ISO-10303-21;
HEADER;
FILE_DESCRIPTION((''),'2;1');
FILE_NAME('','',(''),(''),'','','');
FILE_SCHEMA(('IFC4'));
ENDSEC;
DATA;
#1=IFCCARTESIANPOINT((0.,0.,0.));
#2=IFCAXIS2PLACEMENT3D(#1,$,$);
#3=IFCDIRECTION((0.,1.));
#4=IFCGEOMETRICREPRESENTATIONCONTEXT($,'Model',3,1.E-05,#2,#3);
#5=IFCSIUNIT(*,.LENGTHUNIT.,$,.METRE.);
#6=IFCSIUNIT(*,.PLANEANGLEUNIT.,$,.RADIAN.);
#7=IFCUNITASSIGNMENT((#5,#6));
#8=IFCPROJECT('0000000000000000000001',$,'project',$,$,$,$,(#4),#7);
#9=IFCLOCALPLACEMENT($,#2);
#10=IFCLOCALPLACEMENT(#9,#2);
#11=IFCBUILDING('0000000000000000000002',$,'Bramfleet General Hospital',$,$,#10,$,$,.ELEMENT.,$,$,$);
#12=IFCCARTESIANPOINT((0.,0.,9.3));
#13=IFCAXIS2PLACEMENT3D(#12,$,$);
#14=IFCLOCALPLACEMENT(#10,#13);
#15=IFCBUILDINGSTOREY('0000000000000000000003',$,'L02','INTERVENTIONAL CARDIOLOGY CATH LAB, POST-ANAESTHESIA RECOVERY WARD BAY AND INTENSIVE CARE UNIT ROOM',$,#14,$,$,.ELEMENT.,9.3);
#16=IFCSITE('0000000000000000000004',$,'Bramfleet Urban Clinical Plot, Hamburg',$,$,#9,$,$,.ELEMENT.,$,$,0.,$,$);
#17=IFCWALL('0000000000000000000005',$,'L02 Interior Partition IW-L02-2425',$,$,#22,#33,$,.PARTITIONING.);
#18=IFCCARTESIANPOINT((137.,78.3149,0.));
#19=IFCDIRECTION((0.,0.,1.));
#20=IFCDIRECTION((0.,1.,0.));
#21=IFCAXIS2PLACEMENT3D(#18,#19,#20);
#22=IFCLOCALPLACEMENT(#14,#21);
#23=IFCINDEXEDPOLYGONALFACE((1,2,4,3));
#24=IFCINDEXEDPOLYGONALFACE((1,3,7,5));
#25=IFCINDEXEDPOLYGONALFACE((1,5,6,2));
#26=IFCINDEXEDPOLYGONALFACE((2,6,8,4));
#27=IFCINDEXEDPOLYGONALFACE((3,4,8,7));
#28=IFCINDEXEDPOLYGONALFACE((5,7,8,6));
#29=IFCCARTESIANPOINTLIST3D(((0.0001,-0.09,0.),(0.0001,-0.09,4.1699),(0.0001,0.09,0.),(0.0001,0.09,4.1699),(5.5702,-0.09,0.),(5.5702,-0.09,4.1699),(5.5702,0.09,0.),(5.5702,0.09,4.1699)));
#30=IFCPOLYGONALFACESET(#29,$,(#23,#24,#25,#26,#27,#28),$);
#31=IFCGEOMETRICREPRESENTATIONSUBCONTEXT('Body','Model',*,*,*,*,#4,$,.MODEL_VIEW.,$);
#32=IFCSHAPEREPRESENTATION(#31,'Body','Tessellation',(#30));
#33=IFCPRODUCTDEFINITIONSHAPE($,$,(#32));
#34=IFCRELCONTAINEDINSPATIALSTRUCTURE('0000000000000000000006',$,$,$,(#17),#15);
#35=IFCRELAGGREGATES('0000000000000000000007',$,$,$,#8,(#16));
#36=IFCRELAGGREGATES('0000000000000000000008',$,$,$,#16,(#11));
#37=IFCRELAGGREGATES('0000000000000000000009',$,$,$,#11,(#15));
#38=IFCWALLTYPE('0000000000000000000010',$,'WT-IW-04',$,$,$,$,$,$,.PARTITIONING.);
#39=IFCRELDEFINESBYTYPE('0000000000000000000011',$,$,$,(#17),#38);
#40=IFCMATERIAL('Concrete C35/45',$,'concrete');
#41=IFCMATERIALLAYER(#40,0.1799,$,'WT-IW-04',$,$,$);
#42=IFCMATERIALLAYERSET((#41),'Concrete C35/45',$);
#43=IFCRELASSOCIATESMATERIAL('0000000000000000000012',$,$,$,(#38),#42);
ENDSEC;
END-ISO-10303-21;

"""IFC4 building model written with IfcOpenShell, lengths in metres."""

from ifc_helpers import new_model, si_unit, direction, frame, frame_2d, origin, place, context, subcontext, project, spatial, rectangle, extrude, material, layer, layer_set, type_object, element, save


model = new_model("IFC4")

# Units and contexts
model_context = context("Model", 3, precision=1e-05, world=origin(), true_north=direction((0.0, 1.0)))
body_context = subcontext(model_context, "Body", "Model", "MODEL_VIEW")
ifc_project = project(units=[si_unit("LENGTHUNIT", "METRE"), si_unit("PLANEANGLEUNIT", "RADIAN")], contexts=[model_context])

# Site, building, storey
site_placement = place(None, origin())
site = spatial("IfcSite", under=ifc_project, at=site_placement, Name="Bramfleet Urban Clinical Plot, Hamburg", CompositionType="ELEMENT", RefElevation=0.0)
building_placement = place(site_placement, origin())
building = spatial("IfcBuilding", under=site, at=building_placement, Name="Bramfleet General Hospital", CompositionType="ELEMENT")
storey_placement = place(building_placement, frame((0.0, 0.0, 9.3)))
storey = spatial("IfcBuildingStorey", under=building, at=storey_placement, Name="L02", Description="INTERVENTIONAL CARDIOLOGY CATH LAB, POST-ANAESTHESIA RECOVERY WARD BAY AND INTENSIVE CARE UNIT ROOM", CompositionType="ELEMENT", Elevation=9.3)

# Shared definitions
ifc_material_1 = material(Name="Concrete C35/45", Category="concrete")

# Shared definitions
ifc_layer_1 = layer(ifc_material_1, 0.1799, Name="WT-IW-04")
ifc_layer_set_1 = layer_set([ifc_layer_1], Name="Concrete C35/45")
wall_type_1 = type_object("IfcWallType", Name="WT-IW-04", PredefinedType="PARTITIONING", material=ifc_layer_set_1)

# Wall
wall_1_placement = place(storey_placement, frame((137.0, 78.3149, 0.0), z_axis=(0.0, 0.0, 1.0), x_axis=(0.0, 1.0, 0.0)))
element("IfcWall", 1, at=wall_1_placement, inside=storey, type_object=wall_type_1, Name="L02 Interior Partition IW-L02-2425", PredefinedType="PARTITIONING", context=body_context, shape_type="SweptSolid", body=[
    extrude(rectangle(XDim=5.5701, YDim=0.1799, at=frame_2d((2.7852, 0.0))), origin(), (0.0, 0.0, 1.0), 4.1699),
])

save(model, "model.ifc")
